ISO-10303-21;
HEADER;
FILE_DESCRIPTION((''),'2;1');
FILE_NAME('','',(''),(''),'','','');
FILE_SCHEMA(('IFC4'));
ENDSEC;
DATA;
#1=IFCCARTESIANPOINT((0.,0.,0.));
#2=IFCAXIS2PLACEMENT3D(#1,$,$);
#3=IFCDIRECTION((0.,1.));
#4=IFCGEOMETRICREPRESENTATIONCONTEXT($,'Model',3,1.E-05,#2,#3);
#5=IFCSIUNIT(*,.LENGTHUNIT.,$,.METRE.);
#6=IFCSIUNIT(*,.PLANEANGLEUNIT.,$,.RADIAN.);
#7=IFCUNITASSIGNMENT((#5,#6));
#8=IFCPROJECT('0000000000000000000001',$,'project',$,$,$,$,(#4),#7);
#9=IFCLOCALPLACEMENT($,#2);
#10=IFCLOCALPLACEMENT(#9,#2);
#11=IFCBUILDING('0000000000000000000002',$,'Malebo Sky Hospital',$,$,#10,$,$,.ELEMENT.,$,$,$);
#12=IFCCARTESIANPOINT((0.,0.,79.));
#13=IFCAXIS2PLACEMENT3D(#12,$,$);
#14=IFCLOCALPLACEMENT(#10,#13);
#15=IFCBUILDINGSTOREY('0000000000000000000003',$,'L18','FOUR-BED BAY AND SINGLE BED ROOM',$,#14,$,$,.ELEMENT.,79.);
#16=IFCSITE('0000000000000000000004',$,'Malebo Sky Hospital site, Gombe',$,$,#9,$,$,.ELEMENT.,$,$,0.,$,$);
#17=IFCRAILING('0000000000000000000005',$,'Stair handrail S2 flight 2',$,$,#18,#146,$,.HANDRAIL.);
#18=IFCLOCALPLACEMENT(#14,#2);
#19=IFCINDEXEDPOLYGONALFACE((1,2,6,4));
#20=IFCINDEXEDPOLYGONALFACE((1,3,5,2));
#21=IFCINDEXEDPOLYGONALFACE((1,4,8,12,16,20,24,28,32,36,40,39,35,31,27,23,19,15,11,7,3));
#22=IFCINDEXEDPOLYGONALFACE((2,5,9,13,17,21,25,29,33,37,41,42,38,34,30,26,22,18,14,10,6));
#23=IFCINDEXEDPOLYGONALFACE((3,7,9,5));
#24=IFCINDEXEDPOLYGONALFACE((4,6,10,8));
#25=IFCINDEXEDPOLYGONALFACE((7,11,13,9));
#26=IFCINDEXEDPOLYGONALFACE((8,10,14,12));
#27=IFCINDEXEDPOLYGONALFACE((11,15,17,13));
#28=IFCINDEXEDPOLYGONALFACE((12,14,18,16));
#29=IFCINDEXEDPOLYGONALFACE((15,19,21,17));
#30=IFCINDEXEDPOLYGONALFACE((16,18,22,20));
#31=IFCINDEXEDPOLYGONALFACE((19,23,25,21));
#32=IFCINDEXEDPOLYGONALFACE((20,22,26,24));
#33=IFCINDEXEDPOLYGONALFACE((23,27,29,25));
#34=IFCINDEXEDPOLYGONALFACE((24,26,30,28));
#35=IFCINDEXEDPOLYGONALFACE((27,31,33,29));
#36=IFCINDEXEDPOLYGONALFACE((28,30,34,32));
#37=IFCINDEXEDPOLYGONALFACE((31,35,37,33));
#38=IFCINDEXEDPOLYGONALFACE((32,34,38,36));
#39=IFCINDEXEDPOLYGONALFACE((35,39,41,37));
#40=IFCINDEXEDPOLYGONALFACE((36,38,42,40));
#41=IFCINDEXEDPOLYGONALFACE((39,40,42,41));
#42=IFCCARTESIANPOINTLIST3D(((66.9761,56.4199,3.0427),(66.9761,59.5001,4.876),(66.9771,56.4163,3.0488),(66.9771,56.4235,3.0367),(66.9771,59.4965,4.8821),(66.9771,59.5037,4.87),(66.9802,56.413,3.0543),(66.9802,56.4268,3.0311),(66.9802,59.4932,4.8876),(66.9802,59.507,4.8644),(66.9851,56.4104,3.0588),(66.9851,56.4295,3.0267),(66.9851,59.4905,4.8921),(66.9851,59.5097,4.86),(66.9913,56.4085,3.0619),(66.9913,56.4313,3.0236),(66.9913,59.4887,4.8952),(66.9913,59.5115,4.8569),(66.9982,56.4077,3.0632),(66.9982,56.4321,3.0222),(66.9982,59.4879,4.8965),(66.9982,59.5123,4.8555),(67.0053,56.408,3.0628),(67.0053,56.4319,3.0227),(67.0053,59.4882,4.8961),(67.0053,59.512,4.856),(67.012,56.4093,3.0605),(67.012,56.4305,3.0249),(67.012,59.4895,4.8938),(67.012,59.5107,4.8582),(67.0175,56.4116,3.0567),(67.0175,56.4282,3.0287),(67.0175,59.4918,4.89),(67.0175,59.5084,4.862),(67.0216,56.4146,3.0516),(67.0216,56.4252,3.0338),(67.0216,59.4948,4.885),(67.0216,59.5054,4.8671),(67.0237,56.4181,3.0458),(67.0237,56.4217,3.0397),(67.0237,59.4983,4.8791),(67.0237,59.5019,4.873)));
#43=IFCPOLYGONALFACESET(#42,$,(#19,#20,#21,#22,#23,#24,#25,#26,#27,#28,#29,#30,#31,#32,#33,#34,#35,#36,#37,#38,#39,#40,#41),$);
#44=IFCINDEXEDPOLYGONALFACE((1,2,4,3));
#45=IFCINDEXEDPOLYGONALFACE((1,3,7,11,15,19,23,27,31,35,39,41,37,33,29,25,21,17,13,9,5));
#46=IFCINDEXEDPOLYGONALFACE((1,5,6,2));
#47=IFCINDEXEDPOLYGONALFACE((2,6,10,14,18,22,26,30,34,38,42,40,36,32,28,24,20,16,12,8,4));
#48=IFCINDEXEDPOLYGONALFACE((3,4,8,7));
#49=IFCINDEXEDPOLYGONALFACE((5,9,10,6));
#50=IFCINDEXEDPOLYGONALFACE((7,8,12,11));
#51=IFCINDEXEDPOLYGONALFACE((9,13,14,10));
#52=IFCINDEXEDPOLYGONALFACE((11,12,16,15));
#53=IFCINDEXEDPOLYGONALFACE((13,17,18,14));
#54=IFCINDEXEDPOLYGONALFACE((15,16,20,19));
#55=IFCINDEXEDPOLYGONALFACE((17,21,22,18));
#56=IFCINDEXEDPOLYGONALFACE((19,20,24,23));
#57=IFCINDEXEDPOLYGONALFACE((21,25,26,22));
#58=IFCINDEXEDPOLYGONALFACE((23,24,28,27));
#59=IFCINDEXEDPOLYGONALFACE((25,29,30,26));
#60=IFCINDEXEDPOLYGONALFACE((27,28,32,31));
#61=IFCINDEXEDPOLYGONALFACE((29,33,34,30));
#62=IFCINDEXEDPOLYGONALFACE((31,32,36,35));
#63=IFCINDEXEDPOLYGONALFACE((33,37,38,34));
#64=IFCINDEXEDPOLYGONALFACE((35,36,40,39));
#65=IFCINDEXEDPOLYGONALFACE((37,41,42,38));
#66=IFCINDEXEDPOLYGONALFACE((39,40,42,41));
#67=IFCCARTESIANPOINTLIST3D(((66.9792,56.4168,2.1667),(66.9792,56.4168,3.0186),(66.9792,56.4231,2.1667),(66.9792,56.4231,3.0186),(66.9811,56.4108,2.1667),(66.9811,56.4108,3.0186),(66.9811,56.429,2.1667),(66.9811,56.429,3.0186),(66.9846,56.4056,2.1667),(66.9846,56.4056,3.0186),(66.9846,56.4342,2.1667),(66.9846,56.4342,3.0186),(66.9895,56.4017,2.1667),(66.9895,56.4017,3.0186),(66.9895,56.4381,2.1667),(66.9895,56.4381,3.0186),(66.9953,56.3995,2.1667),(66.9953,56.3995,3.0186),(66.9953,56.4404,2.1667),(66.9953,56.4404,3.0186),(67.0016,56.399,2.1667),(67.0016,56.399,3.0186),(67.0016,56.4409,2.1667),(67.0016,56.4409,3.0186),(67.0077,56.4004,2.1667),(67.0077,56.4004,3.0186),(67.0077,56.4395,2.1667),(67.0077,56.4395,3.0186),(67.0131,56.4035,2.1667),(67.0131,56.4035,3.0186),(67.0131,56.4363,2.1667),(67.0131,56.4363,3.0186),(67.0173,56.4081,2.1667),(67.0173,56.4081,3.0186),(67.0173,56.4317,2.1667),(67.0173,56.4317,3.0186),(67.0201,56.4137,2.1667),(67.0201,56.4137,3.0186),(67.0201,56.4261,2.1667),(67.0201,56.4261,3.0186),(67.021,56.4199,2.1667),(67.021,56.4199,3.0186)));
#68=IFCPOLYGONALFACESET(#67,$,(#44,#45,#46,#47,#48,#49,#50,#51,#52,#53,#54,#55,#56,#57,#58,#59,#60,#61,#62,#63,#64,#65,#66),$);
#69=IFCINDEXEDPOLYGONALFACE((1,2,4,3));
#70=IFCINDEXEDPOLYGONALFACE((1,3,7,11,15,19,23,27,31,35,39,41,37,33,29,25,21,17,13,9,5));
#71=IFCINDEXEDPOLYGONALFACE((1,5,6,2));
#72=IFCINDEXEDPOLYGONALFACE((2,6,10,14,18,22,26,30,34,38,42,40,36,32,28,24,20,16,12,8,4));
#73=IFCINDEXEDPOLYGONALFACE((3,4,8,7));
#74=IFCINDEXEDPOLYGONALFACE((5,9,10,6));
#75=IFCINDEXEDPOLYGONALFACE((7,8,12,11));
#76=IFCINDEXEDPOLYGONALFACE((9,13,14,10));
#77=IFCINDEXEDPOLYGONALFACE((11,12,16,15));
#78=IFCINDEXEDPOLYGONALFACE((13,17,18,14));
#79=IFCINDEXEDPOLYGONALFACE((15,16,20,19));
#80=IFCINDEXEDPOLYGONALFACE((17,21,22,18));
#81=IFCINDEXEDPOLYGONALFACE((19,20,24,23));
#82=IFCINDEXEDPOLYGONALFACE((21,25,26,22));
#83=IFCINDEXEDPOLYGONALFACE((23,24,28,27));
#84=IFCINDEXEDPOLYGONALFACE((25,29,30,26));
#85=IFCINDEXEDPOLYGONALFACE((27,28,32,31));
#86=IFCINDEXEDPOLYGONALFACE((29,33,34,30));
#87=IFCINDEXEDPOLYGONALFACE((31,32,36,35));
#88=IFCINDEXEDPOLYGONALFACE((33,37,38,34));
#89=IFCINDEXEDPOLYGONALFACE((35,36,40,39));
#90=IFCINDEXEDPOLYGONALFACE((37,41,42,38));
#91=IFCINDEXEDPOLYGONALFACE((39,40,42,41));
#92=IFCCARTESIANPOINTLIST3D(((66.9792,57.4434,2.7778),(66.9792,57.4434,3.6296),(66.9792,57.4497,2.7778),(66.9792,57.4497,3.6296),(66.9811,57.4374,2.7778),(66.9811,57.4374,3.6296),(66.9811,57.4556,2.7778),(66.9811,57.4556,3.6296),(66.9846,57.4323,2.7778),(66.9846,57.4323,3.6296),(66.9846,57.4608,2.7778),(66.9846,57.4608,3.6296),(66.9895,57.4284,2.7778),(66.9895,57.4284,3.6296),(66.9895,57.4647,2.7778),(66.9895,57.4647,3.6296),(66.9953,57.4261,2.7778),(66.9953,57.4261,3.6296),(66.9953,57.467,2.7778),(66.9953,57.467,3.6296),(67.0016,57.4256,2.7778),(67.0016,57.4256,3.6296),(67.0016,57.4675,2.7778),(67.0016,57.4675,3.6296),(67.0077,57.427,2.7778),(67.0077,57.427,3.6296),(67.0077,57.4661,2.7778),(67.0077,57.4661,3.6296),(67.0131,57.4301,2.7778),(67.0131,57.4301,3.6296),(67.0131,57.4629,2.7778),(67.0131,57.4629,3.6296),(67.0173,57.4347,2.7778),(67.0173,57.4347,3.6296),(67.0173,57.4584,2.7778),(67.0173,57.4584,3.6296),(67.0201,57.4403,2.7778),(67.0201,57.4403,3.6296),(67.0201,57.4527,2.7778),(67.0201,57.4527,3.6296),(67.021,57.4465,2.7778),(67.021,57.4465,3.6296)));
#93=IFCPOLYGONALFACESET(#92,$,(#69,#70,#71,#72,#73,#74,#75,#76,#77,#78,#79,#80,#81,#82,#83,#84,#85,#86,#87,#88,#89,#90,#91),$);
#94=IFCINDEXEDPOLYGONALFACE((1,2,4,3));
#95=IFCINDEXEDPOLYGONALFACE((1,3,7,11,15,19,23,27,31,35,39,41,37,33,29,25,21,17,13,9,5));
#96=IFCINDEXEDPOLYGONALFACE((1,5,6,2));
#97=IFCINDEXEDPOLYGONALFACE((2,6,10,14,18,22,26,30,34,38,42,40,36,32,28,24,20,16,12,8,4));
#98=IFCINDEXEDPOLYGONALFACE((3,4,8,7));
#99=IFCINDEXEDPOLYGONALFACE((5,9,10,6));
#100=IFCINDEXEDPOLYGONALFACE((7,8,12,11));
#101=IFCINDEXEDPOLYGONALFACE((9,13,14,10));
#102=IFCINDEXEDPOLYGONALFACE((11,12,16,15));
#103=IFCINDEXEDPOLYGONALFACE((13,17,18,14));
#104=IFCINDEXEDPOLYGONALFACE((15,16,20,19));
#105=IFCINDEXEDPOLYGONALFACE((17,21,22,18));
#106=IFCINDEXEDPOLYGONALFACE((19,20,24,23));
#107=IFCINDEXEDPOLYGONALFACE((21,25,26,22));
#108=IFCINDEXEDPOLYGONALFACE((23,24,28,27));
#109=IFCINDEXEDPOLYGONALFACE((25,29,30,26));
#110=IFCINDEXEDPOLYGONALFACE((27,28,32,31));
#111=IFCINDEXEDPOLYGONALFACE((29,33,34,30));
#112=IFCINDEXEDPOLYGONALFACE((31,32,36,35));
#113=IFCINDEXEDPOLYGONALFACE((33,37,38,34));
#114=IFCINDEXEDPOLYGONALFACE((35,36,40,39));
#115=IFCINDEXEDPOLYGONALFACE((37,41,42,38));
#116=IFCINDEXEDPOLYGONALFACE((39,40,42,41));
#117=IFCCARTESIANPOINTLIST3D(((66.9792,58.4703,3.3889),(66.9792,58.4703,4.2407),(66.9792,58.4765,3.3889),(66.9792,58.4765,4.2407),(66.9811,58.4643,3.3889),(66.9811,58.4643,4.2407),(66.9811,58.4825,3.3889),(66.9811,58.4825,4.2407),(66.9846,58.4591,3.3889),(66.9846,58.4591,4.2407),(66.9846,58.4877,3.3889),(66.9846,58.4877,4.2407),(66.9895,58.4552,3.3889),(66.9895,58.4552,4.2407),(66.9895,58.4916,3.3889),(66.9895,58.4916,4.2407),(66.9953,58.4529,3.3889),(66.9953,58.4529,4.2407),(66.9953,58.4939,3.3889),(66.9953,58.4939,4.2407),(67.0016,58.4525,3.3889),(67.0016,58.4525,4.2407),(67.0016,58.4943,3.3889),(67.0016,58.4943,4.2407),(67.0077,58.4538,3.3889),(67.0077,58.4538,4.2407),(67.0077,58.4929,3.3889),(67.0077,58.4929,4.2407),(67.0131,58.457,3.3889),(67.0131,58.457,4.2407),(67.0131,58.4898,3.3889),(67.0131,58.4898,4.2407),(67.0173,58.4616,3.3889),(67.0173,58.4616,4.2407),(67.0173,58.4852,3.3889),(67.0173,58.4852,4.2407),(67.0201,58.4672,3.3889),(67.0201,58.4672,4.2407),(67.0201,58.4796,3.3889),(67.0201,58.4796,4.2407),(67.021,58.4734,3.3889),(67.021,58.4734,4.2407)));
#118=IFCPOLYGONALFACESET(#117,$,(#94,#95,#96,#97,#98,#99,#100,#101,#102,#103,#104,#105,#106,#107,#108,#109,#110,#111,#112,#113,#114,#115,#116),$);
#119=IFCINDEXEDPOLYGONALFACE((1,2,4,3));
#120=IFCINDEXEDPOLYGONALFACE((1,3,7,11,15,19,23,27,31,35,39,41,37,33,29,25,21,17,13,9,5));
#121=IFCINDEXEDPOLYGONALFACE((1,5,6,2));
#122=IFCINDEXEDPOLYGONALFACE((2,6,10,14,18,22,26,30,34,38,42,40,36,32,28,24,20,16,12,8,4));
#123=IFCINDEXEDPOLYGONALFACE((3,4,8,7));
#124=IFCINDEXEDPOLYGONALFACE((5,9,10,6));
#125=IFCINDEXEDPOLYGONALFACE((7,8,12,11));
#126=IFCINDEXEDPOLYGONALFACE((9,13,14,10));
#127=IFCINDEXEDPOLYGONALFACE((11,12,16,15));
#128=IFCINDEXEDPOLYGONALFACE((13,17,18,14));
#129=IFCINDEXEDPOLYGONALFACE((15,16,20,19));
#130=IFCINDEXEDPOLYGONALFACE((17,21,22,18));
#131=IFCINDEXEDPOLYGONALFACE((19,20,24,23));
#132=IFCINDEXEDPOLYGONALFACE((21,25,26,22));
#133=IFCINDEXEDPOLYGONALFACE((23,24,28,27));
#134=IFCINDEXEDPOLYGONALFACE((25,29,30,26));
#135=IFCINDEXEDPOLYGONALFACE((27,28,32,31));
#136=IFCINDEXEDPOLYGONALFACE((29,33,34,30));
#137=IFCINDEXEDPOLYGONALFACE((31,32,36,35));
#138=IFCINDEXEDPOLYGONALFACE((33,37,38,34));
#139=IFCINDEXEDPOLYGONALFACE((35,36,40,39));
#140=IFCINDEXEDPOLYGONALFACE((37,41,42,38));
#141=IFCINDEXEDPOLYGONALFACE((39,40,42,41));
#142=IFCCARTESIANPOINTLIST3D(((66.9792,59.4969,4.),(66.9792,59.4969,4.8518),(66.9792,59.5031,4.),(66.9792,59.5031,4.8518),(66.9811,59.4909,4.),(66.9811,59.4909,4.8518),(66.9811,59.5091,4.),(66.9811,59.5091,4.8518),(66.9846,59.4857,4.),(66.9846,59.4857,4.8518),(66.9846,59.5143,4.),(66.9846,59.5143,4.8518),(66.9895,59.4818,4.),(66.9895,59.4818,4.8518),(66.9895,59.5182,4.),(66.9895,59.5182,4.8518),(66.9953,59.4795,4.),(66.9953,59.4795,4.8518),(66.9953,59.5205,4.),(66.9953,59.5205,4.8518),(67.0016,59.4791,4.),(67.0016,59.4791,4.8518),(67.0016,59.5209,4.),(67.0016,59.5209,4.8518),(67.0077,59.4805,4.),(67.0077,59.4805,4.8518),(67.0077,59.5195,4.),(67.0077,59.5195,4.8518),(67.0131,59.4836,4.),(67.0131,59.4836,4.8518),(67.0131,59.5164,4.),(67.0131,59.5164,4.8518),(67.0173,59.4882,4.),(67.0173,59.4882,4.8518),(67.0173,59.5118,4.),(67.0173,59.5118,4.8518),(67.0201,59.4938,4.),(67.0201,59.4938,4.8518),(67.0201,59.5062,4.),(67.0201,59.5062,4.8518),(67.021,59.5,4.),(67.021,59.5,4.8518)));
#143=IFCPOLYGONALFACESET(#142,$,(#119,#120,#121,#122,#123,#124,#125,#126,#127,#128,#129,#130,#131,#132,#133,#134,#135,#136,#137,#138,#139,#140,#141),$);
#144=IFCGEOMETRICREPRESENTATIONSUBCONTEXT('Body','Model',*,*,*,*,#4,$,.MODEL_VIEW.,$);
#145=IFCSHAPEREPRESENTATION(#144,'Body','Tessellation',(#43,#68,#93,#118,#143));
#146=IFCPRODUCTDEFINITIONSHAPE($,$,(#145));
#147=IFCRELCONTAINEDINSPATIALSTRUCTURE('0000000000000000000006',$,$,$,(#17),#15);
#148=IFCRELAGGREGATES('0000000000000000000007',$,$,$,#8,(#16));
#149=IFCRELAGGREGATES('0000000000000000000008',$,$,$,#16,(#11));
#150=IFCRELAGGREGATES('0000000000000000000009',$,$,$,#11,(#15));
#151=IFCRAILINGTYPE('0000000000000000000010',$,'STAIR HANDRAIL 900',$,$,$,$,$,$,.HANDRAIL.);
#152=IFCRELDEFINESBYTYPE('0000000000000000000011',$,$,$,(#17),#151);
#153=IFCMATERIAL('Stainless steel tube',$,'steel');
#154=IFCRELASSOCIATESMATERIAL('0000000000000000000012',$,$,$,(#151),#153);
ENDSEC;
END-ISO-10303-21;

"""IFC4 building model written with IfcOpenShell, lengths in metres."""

from ifc_helpers import new_model, si_unit, direction, frame, origin, origin_2d, place, context, subcontext, project, spatial, circle, extrude, material, type_object, element, save


model = new_model("IFC4")

# Units and contexts
model_context = context("Model", 3, precision=1e-05, world=origin(), true_north=direction((0.0, 1.0)))
body_context = subcontext(model_context, "Body", "Model", "MODEL_VIEW")
ifc_project = project(units=[si_unit("LENGTHUNIT", "METRE"), si_unit("PLANEANGLEUNIT", "RADIAN")], contexts=[model_context])

# Site, building, storey
site_placement = place(None, origin())
site = spatial("IfcSite", under=ifc_project, at=site_placement, Name="Malebo Sky Hospital site, Gombe", CompositionType="ELEMENT", RefElevation=0.0)
building_placement = place(site_placement, origin())
building = spatial("IfcBuilding", under=site, at=building_placement, Name="Malebo Sky Hospital", CompositionType="ELEMENT")
storey_placement = place(building_placement, frame((0.0, 0.0, 79.0)))
storey = spatial("IfcBuildingStorey", under=building, at=storey_placement, Name="L18", Description="FOUR-BED BAY AND SINGLE BED ROOM", CompositionType="ELEMENT", Elevation=79.0)

# Railing
ifc_material_1 = material(Name="Stainless steel tube", Category="steel")
railing_type = type_object("IfcRailingType", Name="STAIR HANDRAIL 900", PredefinedType="HANDRAIL", material=ifc_material_1)
railing_1_placement = place(storey_placement, frame((67.0, 56.4199, 2.1667)))
element("IfcRailing", 1, at=railing_1_placement, inside=storey, type_object=railing_type, Name="Stair handrail S2 flight 2", PredefinedType="HANDRAIL", context=body_context, shape_type="SweptSolid", body=[
    extrude(circle(Radius=0.0239, at=origin_2d()), frame((0.0, 0.0, 0.876), z_axis=(0.0, 0.859309, 0.511458), x_axis=(-1.0, 0.0, 0.0)), (0.0, 0.0, 1.0), 3.5845),
    extrude(circle(Radius=0.021, at=origin_2d()), origin(), (0.0, 0.0, 1.0), 0.8518),
    extrude(circle(Radius=0.021, at=origin_2d()), frame((0.0, 1.0266, 0.6111)), (0.0, 0.0, 1.0), 0.8518),
    extrude(circle(Radius=0.021, at=origin_2d()), frame((0.0, 2.0535, 1.2222)), (0.0, 0.0, 1.0), 0.8518),
    extrude(circle(Radius=0.021, at=origin_2d()), frame((0.0, 3.0801, 1.8333)), (0.0, 0.0, 1.0), 0.8518),
])

save(model, "model.ifc")
